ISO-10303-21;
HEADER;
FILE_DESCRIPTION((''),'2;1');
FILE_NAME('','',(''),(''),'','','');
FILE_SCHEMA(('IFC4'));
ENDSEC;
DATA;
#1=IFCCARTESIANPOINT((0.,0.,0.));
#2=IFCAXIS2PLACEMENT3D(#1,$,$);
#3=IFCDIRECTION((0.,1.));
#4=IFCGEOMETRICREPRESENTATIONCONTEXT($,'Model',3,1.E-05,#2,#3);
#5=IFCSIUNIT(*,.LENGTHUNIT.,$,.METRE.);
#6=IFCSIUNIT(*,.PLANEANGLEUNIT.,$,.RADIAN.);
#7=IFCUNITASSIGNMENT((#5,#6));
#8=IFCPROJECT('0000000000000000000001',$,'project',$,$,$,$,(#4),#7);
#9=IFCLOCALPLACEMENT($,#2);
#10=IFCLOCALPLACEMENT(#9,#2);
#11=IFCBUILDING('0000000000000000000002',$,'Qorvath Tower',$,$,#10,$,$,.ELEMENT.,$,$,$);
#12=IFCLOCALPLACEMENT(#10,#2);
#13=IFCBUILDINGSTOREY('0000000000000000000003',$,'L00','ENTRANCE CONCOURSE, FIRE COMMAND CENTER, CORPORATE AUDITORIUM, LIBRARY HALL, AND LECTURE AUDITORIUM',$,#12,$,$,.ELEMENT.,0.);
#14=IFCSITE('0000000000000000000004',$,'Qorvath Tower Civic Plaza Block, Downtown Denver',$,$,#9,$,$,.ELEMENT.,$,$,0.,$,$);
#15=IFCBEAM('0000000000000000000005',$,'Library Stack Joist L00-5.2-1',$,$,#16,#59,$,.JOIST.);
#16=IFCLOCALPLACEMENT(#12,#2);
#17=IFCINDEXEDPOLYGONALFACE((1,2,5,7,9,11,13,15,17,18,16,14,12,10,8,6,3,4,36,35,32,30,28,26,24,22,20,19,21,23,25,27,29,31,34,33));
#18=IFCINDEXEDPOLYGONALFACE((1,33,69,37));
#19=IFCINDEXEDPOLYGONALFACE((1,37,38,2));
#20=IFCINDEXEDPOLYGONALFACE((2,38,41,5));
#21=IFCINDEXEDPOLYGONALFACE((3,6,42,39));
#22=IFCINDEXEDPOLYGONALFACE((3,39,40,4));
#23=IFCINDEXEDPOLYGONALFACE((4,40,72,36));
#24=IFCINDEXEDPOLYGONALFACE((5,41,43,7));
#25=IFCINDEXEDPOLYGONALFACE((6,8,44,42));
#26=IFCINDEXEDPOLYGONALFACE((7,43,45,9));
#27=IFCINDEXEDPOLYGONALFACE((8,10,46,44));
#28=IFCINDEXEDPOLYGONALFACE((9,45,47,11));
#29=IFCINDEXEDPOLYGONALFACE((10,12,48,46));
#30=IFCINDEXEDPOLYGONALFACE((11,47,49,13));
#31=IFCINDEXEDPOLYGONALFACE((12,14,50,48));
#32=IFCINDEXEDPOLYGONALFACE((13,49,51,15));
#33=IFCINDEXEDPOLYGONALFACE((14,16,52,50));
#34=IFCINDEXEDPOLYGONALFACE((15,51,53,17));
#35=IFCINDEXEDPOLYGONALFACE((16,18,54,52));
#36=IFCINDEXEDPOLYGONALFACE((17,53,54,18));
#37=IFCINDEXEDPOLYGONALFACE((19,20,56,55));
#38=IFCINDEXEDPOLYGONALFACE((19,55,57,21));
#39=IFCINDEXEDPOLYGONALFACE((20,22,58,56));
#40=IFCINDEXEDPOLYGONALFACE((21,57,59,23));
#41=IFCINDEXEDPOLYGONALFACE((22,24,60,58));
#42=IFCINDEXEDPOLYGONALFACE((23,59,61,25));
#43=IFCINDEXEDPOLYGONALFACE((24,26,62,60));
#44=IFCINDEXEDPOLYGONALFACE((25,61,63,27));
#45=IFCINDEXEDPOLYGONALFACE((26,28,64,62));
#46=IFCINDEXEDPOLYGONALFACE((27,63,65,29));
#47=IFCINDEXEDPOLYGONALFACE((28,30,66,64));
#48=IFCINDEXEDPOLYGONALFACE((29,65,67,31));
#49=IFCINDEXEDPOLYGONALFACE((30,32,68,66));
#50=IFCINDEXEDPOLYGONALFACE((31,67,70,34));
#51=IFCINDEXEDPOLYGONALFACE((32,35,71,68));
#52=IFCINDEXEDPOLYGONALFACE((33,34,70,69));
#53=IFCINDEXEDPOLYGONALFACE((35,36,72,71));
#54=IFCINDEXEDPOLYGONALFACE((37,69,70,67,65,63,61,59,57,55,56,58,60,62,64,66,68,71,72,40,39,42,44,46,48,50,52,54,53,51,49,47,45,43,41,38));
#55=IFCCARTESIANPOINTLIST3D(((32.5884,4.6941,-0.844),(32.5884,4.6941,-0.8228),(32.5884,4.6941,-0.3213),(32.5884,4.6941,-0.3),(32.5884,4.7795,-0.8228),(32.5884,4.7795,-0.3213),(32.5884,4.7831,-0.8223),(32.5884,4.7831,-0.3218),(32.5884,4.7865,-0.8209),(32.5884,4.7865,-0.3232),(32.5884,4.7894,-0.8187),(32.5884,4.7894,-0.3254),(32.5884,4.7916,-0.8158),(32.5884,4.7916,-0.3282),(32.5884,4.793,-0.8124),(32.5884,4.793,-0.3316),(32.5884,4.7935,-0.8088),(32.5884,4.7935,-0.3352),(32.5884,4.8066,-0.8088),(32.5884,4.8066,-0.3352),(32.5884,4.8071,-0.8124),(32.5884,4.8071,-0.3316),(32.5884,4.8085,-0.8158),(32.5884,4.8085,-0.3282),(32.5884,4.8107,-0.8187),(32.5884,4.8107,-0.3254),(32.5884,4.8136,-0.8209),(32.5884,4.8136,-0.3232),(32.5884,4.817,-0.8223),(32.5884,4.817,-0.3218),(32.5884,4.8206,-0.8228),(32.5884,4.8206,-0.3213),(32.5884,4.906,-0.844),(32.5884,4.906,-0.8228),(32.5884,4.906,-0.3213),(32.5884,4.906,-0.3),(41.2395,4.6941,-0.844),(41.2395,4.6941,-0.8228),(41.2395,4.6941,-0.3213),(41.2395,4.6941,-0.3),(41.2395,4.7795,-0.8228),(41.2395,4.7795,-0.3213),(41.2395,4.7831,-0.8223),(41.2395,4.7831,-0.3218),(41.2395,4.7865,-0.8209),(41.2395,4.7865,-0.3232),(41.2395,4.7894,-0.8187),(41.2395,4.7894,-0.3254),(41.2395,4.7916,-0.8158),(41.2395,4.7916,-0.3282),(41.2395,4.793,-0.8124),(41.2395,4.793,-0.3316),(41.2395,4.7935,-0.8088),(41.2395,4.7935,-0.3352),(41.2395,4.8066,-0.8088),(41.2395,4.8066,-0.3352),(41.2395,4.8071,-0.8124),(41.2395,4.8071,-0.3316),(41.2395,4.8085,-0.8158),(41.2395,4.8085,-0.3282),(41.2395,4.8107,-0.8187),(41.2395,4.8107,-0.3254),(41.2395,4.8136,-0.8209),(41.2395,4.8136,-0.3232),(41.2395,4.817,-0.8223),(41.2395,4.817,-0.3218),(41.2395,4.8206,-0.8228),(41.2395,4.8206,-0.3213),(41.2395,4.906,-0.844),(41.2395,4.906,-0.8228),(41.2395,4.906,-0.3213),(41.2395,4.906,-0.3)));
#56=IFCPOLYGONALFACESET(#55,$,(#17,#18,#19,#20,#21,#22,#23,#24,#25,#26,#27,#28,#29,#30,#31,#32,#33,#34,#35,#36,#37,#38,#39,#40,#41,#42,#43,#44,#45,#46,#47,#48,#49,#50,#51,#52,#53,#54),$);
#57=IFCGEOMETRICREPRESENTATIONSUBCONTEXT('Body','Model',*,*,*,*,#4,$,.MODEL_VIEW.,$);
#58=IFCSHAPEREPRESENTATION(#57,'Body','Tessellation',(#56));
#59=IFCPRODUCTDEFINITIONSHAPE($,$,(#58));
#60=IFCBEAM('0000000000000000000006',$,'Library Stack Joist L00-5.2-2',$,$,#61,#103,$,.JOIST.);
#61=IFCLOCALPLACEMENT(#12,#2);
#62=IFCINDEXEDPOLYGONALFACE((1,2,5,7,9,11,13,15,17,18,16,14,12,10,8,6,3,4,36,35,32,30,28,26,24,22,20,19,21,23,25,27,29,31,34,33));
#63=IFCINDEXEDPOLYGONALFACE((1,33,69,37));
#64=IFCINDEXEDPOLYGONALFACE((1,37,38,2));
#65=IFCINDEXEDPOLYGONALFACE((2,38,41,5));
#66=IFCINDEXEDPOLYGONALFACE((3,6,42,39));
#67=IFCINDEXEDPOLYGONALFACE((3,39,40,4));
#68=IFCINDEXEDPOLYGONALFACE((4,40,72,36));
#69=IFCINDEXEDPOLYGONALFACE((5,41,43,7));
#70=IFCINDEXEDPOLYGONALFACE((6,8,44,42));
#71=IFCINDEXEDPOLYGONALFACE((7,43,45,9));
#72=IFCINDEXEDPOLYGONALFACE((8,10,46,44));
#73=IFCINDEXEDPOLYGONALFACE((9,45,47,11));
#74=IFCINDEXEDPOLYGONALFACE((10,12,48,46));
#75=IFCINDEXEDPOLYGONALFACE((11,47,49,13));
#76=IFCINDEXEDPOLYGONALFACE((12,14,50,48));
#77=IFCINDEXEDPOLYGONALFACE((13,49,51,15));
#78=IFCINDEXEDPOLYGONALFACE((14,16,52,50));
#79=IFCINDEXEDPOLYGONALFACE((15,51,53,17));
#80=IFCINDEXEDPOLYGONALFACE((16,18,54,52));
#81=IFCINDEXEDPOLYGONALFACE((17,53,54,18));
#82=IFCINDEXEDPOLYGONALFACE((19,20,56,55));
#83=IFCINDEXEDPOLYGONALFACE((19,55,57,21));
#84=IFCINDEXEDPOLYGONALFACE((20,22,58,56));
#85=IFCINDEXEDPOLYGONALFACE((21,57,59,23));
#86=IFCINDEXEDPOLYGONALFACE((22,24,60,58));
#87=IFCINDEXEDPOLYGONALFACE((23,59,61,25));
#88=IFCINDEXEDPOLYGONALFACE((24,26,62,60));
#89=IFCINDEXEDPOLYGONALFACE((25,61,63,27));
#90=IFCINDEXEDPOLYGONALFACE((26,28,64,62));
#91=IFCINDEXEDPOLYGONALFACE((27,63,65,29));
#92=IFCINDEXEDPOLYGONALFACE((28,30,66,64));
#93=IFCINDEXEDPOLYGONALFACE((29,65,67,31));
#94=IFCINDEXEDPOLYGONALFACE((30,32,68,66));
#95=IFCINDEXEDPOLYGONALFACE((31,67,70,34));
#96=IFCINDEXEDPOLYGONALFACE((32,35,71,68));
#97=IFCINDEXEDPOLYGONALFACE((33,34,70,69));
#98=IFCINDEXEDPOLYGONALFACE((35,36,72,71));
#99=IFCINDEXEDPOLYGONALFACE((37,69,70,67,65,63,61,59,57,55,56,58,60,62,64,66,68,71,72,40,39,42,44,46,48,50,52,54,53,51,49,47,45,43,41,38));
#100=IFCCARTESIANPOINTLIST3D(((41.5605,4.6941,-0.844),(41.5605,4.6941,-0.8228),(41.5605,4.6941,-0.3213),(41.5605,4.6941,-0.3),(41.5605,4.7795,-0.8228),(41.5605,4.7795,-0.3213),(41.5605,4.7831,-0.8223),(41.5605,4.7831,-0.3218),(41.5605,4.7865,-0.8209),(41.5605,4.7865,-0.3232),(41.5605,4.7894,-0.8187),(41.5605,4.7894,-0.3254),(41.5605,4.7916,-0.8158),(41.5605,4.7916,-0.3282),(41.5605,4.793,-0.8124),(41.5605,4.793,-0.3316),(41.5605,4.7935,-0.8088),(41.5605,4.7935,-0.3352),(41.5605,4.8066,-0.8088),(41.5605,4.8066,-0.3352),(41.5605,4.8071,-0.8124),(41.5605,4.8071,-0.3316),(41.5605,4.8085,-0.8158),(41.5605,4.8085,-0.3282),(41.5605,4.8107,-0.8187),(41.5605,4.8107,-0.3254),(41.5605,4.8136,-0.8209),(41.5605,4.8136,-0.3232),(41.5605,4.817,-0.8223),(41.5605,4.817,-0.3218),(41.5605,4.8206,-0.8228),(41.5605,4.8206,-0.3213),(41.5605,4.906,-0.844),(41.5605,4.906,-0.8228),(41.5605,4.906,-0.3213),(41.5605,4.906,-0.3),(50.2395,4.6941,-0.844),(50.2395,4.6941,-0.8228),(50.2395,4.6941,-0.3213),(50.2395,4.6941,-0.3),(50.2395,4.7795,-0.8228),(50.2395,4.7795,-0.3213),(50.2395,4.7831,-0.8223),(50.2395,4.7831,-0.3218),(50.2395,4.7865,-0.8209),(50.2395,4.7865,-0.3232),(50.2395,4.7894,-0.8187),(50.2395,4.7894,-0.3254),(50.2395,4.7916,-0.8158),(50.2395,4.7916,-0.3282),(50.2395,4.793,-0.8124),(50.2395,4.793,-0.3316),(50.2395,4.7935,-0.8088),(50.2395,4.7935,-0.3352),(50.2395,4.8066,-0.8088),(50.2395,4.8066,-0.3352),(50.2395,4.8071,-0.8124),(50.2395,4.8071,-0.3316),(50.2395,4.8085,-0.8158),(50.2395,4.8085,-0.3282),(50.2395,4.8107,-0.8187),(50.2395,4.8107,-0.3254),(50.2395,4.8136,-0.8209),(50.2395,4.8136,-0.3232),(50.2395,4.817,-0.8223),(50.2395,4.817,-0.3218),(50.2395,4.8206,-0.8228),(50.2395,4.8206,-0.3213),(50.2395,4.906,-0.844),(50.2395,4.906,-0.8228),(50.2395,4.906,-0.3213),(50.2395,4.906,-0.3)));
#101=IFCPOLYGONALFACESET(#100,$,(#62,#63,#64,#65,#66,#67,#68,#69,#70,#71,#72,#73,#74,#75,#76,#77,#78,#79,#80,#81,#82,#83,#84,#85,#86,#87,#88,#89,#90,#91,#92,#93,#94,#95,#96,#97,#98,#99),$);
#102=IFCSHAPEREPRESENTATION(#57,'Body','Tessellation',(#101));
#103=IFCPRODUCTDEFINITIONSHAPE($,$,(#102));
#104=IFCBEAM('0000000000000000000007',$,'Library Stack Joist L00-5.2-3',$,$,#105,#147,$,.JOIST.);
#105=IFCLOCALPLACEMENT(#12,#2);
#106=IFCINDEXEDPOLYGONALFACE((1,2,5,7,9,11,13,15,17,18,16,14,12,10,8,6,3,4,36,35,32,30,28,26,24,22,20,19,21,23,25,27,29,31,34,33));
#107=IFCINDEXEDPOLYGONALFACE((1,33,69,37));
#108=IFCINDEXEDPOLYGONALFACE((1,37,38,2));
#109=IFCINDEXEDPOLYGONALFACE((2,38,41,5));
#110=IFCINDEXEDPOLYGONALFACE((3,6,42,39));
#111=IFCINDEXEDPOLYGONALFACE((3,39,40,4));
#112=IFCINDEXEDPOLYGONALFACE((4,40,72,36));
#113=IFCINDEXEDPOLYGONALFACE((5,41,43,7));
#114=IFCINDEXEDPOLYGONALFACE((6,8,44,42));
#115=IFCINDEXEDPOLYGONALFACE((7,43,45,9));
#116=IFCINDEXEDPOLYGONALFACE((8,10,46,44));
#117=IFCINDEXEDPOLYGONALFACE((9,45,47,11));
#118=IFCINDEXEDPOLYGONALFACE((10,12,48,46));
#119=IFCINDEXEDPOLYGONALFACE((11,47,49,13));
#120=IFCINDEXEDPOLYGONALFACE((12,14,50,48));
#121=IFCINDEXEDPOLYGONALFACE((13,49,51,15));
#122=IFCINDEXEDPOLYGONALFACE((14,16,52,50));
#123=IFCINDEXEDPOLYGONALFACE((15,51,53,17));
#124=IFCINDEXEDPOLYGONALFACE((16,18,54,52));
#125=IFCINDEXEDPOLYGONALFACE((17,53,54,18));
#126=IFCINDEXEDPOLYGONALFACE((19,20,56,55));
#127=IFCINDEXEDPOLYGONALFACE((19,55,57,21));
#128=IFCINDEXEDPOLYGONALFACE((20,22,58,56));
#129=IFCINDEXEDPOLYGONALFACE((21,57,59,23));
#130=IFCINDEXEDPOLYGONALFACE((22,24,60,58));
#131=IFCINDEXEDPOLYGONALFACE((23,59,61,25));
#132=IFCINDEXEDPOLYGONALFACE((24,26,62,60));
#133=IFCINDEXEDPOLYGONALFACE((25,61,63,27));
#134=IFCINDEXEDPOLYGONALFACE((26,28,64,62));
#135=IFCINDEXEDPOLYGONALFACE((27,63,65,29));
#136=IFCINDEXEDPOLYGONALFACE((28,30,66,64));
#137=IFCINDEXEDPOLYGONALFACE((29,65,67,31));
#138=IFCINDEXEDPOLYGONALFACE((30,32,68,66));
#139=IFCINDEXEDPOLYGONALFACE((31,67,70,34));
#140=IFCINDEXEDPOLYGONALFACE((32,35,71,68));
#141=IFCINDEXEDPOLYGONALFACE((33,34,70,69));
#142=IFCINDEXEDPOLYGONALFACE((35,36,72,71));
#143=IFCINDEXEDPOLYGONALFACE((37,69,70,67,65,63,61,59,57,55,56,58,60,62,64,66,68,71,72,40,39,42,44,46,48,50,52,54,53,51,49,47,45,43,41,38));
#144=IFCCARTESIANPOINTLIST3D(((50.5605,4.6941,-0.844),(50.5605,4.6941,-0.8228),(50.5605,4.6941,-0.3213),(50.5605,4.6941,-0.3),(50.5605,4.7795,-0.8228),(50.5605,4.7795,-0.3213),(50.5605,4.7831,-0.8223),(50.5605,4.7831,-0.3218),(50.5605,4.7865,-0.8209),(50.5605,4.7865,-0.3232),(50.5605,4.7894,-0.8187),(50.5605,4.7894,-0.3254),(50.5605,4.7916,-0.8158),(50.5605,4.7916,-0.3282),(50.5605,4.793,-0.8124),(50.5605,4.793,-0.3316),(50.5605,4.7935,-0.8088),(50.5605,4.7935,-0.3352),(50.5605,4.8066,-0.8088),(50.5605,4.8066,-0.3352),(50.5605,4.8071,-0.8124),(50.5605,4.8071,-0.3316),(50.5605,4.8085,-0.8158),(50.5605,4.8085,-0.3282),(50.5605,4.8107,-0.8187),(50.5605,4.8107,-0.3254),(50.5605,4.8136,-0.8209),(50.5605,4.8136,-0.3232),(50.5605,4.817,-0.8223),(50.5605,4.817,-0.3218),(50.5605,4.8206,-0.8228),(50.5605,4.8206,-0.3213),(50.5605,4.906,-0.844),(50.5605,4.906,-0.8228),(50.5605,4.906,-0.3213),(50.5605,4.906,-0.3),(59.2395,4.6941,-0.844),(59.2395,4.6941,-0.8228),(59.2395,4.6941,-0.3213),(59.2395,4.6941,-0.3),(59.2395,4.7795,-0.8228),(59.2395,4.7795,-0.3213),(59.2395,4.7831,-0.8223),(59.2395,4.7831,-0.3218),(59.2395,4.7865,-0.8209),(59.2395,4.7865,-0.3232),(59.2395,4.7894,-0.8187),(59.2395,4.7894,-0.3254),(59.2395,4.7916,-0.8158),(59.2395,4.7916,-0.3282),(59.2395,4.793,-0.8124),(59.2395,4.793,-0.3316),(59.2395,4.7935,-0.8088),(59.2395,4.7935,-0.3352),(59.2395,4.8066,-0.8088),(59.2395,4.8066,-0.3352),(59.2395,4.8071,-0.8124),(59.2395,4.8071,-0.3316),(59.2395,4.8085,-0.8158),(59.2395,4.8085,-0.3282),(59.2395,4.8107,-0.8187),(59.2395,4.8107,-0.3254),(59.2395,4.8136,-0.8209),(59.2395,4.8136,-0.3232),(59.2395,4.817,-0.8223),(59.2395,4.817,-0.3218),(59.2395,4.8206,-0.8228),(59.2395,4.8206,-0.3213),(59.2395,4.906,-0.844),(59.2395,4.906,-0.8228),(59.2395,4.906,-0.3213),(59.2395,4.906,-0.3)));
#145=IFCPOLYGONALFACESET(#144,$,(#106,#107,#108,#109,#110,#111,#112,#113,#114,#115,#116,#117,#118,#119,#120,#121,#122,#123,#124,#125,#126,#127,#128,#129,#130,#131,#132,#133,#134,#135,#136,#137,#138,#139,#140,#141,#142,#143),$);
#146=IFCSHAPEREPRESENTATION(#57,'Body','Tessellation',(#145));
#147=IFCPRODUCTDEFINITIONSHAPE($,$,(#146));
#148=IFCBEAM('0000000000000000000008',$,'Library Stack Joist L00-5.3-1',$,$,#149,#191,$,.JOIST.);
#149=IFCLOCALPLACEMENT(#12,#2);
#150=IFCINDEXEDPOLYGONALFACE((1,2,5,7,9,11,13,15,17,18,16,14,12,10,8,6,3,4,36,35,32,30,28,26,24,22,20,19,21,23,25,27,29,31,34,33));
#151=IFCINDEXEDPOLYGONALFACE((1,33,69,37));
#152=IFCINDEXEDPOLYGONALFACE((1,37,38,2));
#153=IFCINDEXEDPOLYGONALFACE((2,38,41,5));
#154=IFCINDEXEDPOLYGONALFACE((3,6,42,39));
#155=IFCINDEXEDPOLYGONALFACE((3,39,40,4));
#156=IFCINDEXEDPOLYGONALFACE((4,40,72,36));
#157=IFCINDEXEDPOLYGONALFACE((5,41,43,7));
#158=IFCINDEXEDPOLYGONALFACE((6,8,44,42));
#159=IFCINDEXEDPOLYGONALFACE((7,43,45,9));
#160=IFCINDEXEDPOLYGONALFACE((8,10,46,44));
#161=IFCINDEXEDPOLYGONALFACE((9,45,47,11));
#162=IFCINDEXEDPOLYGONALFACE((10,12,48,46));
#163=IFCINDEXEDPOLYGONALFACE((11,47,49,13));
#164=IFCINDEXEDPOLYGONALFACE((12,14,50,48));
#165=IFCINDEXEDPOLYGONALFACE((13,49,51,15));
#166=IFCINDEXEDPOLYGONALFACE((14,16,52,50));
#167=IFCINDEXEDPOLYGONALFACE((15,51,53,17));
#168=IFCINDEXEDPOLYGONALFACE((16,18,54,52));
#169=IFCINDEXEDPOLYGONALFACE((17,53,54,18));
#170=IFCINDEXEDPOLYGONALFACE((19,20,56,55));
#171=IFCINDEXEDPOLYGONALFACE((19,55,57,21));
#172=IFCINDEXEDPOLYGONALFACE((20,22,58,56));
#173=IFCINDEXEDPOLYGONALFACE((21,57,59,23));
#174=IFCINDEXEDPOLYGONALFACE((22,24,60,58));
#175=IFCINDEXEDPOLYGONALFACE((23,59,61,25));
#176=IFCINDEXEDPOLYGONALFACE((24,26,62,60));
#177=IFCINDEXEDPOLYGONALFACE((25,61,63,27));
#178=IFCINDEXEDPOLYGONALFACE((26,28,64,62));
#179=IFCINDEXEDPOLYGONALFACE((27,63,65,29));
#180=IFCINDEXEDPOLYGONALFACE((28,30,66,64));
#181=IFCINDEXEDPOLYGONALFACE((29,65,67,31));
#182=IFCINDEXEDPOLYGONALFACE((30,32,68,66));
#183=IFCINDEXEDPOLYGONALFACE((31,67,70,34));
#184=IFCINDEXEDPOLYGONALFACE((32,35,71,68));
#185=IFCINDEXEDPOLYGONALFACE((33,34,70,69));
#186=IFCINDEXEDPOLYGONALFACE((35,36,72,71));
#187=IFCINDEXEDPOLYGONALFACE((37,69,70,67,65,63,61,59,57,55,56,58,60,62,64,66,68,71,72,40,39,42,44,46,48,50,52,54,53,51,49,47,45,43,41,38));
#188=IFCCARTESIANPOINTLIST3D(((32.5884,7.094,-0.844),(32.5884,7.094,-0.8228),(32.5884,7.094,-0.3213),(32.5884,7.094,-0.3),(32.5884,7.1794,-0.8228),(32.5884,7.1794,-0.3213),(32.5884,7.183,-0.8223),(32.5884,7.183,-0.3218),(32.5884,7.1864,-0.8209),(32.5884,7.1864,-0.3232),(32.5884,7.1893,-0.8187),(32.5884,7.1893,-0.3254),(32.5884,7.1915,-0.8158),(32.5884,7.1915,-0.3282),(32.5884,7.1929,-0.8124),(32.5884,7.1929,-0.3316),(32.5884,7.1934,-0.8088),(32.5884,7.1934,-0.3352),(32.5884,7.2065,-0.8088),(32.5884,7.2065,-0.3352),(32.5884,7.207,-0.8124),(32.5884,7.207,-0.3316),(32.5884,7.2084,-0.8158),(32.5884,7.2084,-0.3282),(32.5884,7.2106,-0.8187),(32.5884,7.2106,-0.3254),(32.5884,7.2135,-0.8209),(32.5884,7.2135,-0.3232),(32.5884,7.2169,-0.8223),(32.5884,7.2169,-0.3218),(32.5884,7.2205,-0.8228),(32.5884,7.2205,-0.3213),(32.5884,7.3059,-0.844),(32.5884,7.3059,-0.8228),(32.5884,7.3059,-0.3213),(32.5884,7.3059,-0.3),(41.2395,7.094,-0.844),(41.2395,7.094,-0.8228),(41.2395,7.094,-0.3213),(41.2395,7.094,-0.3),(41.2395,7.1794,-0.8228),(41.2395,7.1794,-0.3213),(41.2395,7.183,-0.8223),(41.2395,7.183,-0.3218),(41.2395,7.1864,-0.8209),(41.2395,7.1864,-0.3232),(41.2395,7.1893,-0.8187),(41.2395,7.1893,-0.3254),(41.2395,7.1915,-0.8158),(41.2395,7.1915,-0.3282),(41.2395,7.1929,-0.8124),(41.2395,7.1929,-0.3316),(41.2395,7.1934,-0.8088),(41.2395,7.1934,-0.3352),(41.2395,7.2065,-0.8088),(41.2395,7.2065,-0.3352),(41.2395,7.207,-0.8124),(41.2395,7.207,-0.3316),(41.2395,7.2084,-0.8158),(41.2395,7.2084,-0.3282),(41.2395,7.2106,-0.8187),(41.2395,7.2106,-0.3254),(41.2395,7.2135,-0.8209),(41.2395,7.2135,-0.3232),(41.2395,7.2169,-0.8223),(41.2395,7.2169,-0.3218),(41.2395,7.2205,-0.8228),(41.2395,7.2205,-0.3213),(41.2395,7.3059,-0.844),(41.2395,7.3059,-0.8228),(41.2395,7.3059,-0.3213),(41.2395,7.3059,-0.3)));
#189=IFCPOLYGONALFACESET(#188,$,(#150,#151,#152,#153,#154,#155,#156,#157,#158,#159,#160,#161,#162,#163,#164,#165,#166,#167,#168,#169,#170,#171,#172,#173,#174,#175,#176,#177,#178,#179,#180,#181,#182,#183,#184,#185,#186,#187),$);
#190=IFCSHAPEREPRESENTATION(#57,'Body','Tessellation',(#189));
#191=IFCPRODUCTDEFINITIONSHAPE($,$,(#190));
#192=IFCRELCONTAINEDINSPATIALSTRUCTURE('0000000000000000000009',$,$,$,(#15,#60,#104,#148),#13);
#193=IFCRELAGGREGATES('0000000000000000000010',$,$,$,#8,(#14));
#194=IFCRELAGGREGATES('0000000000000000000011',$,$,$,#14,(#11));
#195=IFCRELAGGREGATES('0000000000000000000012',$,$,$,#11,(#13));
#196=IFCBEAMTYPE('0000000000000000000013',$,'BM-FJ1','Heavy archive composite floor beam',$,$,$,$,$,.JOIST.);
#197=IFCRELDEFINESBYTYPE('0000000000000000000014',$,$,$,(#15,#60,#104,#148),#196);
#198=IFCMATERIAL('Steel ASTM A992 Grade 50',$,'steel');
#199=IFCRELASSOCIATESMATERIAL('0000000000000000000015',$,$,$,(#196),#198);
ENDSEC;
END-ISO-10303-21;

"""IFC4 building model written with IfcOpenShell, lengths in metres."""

from ifc_helpers import new_model, si_unit, direction, frame, origin, origin_2d, place, context, subcontext, project, spatial, i_section, extrude, material, material_profile, profile_set, type_object, element, save


model = new_model("IFC4")

# Units and contexts
model_context = context("Model", 3, precision=1e-05, world=origin(), true_north=direction((0.0, 1.0)))
body_context = subcontext(model_context, "Body", "Model", "MODEL_VIEW")
ifc_project = project(units=[si_unit("LENGTHUNIT", "METRE"), si_unit("PLANEANGLEUNIT", "RADIAN")], contexts=[model_context])

# Site, building, storey
site_placement = place(None, origin())
site = spatial("IfcSite", under=ifc_project, at=site_placement, Name="Qorvath Tower Civic Plaza Block, Downtown Denver", CompositionType="ELEMENT", RefElevation=0.0)
building_placement = place(site_placement, origin())
building = spatial("IfcBuilding", under=site, at=building_placement, Name="Qorvath Tower", CompositionType="ELEMENT")
storey_placement = place(building_placement, origin())
storey = spatial("IfcBuildingStorey", under=building, at=storey_placement, Name="L00", Description="ENTRANCE CONCOURSE, FIRE COMMAND CENTER, CORPORATE AUDITORIUM, LIBRARY HALL, AND LECTURE AUDITORIUM", CompositionType="ELEMENT", Elevation=0.0)

# Beams
ifc_material_1 = material(Name="Steel ASTM A992 Grade 50", Category="steel")
ifc_material_profile_1 = material_profile(ifc_material_1, i_section(OverallWidth=0.2119, OverallDepth=0.5439, WebThickness=0.0132, FlangeThickness=0.0212, FilletRadius=0.0139, at=origin_2d()), Name="W21x83")
ifc_profile_set_1 = profile_set([ifc_material_profile_1], Name="Steel ASTM A992 Grade 50")
beam_type_1 = type_object("IfcBeamType", Name="BM-FJ1", Description="Heavy archive composite floor beam", PredefinedType="JOIST", material=ifc_profile_set_1)
beam_1_placement = place(storey_placement, frame((32.5884, 4.8, -0.572), z_axis=(1.0, 0.0, 0.0), x_axis=(0.0, 1.0, 0.0)))
element("IfcBeam", 1, at=beam_1_placement, inside=storey, type_object=beam_type_1, Name="Library Stack Joist L00-5.2-1", PredefinedType="JOIST", context=body_context, shape_type="SweptSolid", body=[
    extrude(i_section(OverallWidth=0.2119, OverallDepth=0.5439, WebThickness=0.0132, FlangeThickness=0.0212, FilletRadius=0.0139, at=origin_2d()), origin(), (0.0, 0.0, 1.0), 8.6511),
])
for number, where, z_axis, x_axis, name in (
    (2, (41.5605, 4.8, -0.572), (1.0, 0.0, 0.0), (0.0, 1.0, 0.0), "Library Stack Joist L00-5.2-2"),
    (3, (50.5605, 4.8, -0.572), (1.0, 0.0, 0.0), (0.0, 1.0, 0.0), "Library Stack Joist L00-5.2-3"),
):
    element("IfcBeam", number, at=place(storey_placement, frame(where, z_axis=z_axis, x_axis=x_axis)), inside=storey, type_object=beam_type_1, Name=name, PredefinedType="JOIST", context=body_context, shape_type="SweptSolid", body=[
        extrude(i_section(OverallWidth=0.2119, OverallDepth=0.5439, WebThickness=0.0132, FlangeThickness=0.0212, FilletRadius=0.0139, at=origin_2d()), origin(), (0.0, 0.0, 1.0), 8.679),
    ])
beam_2_placement = place(storey_placement, frame((32.5884, 7.2, -0.572), z_axis=(1.0, 0.0, 0.0), x_axis=(0.0, 1.0, 0.0)))
element("IfcBeam", 4, at=beam_2_placement, inside=storey, type_object=beam_type_1, Name="Library Stack Joist L00-5.3-1", PredefinedType="JOIST", context=body_context, shape_type="SweptSolid", body=[
    extrude(i_section(OverallWidth=0.2119, OverallDepth=0.5439, WebThickness=0.0132, FlangeThickness=0.0212, FilletRadius=0.0139, at=origin_2d()), origin(), (0.0, 0.0, 1.0), 8.6511),
])

save(model, "model.ifc")
